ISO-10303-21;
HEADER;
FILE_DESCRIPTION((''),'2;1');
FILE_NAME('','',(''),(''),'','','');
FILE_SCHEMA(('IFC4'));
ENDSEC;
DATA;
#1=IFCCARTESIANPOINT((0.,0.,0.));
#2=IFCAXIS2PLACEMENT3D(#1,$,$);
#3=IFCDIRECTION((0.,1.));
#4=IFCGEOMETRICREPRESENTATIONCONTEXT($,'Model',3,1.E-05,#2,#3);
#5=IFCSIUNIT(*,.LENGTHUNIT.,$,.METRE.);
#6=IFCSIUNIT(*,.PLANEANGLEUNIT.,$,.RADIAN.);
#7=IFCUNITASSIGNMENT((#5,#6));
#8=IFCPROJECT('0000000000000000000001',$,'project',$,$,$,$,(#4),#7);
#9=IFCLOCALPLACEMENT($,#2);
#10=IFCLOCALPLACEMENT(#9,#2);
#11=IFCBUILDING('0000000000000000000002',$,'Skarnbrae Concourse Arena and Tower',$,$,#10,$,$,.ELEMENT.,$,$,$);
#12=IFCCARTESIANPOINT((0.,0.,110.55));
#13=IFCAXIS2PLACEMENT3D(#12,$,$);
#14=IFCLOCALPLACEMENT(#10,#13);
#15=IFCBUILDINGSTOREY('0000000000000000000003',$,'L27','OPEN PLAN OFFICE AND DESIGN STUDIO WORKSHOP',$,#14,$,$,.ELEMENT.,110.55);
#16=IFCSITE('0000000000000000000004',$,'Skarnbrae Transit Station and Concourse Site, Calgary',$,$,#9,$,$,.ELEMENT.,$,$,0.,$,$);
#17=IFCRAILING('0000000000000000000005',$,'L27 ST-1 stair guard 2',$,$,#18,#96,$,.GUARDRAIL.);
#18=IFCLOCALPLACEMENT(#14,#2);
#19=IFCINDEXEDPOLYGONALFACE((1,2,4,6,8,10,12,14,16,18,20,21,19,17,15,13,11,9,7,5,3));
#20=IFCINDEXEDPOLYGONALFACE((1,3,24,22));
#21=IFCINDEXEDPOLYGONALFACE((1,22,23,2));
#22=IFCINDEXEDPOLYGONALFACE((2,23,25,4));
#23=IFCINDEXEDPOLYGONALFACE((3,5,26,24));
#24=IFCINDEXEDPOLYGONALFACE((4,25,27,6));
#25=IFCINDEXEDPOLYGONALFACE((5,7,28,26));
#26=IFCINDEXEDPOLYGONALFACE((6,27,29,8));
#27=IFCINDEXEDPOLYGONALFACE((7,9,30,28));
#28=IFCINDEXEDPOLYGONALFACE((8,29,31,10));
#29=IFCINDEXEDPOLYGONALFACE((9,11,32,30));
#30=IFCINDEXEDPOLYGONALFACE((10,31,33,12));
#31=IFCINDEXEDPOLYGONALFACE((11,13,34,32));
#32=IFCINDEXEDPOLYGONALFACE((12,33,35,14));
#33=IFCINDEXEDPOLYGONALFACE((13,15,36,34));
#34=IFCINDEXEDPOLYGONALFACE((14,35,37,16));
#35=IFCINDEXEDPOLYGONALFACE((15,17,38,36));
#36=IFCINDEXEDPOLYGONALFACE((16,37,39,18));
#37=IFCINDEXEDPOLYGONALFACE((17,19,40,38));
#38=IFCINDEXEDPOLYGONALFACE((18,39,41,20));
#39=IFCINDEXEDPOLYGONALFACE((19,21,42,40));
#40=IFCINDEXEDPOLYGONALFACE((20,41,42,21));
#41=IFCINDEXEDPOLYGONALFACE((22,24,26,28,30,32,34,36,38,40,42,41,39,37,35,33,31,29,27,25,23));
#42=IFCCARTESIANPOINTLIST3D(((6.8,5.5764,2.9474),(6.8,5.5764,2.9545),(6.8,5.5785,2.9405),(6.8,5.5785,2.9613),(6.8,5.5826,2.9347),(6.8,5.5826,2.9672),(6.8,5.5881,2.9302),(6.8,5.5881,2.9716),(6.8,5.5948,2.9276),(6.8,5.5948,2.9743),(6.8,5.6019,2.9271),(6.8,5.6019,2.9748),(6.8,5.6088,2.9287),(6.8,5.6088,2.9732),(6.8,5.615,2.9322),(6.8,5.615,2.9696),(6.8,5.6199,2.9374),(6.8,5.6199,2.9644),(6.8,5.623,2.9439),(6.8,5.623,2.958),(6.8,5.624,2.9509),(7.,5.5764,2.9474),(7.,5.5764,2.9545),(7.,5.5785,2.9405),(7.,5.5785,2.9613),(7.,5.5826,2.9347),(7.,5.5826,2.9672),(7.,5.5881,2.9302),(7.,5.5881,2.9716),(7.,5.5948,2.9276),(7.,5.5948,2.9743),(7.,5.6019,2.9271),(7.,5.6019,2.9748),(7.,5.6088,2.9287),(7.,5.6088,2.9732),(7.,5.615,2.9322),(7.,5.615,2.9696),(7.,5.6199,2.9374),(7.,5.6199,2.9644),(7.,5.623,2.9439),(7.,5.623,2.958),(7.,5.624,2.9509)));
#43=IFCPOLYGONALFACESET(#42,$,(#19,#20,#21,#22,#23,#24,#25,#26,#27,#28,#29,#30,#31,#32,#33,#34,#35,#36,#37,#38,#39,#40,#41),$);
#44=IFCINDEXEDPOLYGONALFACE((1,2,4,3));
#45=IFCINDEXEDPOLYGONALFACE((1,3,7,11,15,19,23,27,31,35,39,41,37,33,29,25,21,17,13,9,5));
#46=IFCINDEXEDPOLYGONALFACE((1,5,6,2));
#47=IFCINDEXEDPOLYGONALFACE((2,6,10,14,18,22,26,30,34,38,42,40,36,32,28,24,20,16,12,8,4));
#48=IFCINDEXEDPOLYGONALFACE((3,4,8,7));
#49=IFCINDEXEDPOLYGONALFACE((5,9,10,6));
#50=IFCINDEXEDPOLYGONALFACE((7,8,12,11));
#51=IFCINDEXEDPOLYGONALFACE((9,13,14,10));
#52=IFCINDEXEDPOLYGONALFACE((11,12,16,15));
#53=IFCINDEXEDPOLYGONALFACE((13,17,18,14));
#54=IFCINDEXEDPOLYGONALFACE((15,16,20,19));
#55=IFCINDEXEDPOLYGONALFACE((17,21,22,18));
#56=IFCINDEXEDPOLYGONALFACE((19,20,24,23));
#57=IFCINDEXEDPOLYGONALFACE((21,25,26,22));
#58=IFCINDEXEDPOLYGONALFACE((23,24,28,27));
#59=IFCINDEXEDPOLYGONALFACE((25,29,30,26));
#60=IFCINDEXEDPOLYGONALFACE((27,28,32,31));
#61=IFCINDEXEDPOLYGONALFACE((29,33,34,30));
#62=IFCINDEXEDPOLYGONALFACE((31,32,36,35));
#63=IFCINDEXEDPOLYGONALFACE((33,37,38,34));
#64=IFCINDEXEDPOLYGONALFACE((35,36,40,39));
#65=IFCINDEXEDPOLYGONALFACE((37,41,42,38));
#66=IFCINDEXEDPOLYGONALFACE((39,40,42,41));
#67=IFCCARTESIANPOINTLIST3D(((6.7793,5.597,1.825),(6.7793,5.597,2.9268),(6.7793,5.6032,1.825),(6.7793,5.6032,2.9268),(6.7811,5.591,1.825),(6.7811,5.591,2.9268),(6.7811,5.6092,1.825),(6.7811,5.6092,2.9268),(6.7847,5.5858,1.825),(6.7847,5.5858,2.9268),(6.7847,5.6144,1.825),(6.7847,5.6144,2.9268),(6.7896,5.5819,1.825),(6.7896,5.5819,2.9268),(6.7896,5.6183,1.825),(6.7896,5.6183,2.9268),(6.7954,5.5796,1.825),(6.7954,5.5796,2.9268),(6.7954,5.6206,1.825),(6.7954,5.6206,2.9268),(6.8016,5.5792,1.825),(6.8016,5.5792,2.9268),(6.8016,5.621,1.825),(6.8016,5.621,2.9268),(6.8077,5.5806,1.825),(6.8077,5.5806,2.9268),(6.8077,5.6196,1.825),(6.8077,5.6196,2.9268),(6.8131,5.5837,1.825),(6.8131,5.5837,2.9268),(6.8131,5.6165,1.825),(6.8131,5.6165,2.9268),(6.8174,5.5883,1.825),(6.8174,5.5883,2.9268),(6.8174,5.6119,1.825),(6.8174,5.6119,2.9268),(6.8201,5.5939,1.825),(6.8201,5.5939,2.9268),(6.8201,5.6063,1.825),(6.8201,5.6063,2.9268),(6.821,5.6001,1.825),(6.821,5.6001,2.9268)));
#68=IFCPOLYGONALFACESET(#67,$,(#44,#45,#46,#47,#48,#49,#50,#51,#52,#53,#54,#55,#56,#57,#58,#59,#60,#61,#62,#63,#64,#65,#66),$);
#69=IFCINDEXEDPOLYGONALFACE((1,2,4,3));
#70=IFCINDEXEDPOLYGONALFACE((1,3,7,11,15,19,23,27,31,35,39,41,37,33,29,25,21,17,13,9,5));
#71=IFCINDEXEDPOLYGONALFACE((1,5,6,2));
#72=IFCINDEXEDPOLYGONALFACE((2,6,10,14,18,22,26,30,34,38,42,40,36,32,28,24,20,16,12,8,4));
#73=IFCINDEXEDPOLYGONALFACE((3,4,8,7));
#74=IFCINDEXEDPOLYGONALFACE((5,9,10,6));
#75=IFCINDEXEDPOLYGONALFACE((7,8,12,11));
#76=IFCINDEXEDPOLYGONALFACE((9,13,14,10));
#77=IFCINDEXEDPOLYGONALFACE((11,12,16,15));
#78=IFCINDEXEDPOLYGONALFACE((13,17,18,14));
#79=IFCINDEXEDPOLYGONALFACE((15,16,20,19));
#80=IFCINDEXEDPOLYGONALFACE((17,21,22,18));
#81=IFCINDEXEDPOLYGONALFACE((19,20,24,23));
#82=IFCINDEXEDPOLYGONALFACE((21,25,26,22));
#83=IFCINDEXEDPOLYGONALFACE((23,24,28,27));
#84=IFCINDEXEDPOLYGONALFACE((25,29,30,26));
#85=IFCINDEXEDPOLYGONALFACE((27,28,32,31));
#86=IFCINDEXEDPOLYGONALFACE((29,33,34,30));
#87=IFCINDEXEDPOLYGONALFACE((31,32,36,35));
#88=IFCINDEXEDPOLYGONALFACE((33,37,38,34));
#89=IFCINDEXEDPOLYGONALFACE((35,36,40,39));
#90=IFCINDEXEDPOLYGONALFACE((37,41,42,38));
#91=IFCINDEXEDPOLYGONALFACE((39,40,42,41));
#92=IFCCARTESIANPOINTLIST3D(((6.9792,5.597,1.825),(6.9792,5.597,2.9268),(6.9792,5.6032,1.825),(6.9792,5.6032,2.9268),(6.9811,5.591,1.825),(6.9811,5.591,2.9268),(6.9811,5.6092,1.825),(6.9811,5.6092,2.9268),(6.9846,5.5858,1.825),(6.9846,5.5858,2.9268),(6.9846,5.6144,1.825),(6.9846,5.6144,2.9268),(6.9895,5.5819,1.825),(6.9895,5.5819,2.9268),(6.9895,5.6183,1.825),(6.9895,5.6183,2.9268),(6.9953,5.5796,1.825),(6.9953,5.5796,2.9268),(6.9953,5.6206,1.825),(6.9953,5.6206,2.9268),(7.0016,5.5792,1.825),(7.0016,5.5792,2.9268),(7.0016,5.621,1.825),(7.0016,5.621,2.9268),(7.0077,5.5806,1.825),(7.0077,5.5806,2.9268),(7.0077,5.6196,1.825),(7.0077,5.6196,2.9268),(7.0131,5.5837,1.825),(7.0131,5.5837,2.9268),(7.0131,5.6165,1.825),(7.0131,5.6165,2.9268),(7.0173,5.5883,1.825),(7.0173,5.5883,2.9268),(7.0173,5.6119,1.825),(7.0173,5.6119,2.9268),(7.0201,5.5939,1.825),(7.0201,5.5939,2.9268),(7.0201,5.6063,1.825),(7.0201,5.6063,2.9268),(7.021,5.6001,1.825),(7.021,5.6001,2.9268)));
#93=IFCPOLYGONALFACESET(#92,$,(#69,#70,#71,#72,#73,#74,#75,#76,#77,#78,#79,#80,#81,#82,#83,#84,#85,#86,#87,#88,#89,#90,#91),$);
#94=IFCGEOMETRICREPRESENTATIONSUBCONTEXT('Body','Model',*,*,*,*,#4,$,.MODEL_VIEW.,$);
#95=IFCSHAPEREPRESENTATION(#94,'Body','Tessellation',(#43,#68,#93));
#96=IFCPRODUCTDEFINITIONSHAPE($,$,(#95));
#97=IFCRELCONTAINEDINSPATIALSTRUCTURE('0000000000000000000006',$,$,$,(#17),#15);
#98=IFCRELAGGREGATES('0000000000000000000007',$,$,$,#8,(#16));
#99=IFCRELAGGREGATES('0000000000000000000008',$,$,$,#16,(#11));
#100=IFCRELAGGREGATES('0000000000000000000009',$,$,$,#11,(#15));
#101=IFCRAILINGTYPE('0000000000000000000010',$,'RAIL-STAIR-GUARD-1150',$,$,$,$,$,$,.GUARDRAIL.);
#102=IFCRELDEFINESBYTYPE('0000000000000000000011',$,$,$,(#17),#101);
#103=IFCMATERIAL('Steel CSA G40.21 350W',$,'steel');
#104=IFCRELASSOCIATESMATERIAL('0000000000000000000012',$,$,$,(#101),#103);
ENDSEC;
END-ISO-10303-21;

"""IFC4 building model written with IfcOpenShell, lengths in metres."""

from ifc_helpers import new_model, si_unit, direction, frame, origin, origin_2d, place, context, subcontext, project, spatial, circle, extrude, material, type_object, element, save


model = new_model("IFC4")

# Units and contexts
model_context = context("Model", 3, precision=1e-05, world=origin(), true_north=direction((0.0, 1.0)))
body_context = subcontext(model_context, "Body", "Model", "MODEL_VIEW")
ifc_project = project(units=[si_unit("LENGTHUNIT", "METRE"), si_unit("PLANEANGLEUNIT", "RADIAN")], contexts=[model_context])

# Site, building, storey
site_placement = place(None, origin())
site = spatial("IfcSite", under=ifc_project, at=site_placement, Name="Skarnbrae Transit Station and Concourse Site, Calgary", CompositionType="ELEMENT", RefElevation=0.0)
building_placement = place(site_placement, origin())
building = spatial("IfcBuilding", under=site, at=building_placement, Name="Skarnbrae Concourse Arena and Tower", CompositionType="ELEMENT")
storey_placement = place(building_placement, frame((0.0, 0.0, 110.55)))
storey = spatial("IfcBuildingStorey", under=building, at=storey_placement, Name="L27", Description="OPEN PLAN OFFICE AND DESIGN STUDIO WORKSHOP", CompositionType="ELEMENT", Elevation=110.55)

# Shared definitions
ifc_material_1 = material(Name="Steel CSA G40.21 350W", Category="steel")

# Railing
railing_type_1 = type_object("IfcRailingType", Name="RAIL-STAIR-GUARD-1150", PredefinedType="GUARDRAIL", material=ifc_material_1)
railing_1_placement = place(storey_placement, frame((6.8, 5.6001, 1.825)))
element("IfcRailing", 1, at=railing_1_placement, inside=storey, type_object=railing_type_1, Name="L27 ST-1 stair guard 2", PredefinedType="GUARDRAIL", context=body_context, shape_type="SweptSolid", body=[
    extrude(circle(Radius=0.0239, at=origin_2d()), frame((0.0, 0.0, 1.126), z_axis=(1.0, 0.0, 0.0), x_axis=(0.0, 1.0, 0.0)), (0.0, 0.0, 1.0), 0.2),
    extrude(circle(Radius=0.021, at=origin_2d()), origin(), (0.0, 0.0, 1.0), 1.1018),
    extrude(circle(Radius=0.021, at=origin_2d()), frame((0.2, 0.0, 0.0)), (0.0, 0.0, 1.0), 1.1018),
])

save(model, "model.ifc")
